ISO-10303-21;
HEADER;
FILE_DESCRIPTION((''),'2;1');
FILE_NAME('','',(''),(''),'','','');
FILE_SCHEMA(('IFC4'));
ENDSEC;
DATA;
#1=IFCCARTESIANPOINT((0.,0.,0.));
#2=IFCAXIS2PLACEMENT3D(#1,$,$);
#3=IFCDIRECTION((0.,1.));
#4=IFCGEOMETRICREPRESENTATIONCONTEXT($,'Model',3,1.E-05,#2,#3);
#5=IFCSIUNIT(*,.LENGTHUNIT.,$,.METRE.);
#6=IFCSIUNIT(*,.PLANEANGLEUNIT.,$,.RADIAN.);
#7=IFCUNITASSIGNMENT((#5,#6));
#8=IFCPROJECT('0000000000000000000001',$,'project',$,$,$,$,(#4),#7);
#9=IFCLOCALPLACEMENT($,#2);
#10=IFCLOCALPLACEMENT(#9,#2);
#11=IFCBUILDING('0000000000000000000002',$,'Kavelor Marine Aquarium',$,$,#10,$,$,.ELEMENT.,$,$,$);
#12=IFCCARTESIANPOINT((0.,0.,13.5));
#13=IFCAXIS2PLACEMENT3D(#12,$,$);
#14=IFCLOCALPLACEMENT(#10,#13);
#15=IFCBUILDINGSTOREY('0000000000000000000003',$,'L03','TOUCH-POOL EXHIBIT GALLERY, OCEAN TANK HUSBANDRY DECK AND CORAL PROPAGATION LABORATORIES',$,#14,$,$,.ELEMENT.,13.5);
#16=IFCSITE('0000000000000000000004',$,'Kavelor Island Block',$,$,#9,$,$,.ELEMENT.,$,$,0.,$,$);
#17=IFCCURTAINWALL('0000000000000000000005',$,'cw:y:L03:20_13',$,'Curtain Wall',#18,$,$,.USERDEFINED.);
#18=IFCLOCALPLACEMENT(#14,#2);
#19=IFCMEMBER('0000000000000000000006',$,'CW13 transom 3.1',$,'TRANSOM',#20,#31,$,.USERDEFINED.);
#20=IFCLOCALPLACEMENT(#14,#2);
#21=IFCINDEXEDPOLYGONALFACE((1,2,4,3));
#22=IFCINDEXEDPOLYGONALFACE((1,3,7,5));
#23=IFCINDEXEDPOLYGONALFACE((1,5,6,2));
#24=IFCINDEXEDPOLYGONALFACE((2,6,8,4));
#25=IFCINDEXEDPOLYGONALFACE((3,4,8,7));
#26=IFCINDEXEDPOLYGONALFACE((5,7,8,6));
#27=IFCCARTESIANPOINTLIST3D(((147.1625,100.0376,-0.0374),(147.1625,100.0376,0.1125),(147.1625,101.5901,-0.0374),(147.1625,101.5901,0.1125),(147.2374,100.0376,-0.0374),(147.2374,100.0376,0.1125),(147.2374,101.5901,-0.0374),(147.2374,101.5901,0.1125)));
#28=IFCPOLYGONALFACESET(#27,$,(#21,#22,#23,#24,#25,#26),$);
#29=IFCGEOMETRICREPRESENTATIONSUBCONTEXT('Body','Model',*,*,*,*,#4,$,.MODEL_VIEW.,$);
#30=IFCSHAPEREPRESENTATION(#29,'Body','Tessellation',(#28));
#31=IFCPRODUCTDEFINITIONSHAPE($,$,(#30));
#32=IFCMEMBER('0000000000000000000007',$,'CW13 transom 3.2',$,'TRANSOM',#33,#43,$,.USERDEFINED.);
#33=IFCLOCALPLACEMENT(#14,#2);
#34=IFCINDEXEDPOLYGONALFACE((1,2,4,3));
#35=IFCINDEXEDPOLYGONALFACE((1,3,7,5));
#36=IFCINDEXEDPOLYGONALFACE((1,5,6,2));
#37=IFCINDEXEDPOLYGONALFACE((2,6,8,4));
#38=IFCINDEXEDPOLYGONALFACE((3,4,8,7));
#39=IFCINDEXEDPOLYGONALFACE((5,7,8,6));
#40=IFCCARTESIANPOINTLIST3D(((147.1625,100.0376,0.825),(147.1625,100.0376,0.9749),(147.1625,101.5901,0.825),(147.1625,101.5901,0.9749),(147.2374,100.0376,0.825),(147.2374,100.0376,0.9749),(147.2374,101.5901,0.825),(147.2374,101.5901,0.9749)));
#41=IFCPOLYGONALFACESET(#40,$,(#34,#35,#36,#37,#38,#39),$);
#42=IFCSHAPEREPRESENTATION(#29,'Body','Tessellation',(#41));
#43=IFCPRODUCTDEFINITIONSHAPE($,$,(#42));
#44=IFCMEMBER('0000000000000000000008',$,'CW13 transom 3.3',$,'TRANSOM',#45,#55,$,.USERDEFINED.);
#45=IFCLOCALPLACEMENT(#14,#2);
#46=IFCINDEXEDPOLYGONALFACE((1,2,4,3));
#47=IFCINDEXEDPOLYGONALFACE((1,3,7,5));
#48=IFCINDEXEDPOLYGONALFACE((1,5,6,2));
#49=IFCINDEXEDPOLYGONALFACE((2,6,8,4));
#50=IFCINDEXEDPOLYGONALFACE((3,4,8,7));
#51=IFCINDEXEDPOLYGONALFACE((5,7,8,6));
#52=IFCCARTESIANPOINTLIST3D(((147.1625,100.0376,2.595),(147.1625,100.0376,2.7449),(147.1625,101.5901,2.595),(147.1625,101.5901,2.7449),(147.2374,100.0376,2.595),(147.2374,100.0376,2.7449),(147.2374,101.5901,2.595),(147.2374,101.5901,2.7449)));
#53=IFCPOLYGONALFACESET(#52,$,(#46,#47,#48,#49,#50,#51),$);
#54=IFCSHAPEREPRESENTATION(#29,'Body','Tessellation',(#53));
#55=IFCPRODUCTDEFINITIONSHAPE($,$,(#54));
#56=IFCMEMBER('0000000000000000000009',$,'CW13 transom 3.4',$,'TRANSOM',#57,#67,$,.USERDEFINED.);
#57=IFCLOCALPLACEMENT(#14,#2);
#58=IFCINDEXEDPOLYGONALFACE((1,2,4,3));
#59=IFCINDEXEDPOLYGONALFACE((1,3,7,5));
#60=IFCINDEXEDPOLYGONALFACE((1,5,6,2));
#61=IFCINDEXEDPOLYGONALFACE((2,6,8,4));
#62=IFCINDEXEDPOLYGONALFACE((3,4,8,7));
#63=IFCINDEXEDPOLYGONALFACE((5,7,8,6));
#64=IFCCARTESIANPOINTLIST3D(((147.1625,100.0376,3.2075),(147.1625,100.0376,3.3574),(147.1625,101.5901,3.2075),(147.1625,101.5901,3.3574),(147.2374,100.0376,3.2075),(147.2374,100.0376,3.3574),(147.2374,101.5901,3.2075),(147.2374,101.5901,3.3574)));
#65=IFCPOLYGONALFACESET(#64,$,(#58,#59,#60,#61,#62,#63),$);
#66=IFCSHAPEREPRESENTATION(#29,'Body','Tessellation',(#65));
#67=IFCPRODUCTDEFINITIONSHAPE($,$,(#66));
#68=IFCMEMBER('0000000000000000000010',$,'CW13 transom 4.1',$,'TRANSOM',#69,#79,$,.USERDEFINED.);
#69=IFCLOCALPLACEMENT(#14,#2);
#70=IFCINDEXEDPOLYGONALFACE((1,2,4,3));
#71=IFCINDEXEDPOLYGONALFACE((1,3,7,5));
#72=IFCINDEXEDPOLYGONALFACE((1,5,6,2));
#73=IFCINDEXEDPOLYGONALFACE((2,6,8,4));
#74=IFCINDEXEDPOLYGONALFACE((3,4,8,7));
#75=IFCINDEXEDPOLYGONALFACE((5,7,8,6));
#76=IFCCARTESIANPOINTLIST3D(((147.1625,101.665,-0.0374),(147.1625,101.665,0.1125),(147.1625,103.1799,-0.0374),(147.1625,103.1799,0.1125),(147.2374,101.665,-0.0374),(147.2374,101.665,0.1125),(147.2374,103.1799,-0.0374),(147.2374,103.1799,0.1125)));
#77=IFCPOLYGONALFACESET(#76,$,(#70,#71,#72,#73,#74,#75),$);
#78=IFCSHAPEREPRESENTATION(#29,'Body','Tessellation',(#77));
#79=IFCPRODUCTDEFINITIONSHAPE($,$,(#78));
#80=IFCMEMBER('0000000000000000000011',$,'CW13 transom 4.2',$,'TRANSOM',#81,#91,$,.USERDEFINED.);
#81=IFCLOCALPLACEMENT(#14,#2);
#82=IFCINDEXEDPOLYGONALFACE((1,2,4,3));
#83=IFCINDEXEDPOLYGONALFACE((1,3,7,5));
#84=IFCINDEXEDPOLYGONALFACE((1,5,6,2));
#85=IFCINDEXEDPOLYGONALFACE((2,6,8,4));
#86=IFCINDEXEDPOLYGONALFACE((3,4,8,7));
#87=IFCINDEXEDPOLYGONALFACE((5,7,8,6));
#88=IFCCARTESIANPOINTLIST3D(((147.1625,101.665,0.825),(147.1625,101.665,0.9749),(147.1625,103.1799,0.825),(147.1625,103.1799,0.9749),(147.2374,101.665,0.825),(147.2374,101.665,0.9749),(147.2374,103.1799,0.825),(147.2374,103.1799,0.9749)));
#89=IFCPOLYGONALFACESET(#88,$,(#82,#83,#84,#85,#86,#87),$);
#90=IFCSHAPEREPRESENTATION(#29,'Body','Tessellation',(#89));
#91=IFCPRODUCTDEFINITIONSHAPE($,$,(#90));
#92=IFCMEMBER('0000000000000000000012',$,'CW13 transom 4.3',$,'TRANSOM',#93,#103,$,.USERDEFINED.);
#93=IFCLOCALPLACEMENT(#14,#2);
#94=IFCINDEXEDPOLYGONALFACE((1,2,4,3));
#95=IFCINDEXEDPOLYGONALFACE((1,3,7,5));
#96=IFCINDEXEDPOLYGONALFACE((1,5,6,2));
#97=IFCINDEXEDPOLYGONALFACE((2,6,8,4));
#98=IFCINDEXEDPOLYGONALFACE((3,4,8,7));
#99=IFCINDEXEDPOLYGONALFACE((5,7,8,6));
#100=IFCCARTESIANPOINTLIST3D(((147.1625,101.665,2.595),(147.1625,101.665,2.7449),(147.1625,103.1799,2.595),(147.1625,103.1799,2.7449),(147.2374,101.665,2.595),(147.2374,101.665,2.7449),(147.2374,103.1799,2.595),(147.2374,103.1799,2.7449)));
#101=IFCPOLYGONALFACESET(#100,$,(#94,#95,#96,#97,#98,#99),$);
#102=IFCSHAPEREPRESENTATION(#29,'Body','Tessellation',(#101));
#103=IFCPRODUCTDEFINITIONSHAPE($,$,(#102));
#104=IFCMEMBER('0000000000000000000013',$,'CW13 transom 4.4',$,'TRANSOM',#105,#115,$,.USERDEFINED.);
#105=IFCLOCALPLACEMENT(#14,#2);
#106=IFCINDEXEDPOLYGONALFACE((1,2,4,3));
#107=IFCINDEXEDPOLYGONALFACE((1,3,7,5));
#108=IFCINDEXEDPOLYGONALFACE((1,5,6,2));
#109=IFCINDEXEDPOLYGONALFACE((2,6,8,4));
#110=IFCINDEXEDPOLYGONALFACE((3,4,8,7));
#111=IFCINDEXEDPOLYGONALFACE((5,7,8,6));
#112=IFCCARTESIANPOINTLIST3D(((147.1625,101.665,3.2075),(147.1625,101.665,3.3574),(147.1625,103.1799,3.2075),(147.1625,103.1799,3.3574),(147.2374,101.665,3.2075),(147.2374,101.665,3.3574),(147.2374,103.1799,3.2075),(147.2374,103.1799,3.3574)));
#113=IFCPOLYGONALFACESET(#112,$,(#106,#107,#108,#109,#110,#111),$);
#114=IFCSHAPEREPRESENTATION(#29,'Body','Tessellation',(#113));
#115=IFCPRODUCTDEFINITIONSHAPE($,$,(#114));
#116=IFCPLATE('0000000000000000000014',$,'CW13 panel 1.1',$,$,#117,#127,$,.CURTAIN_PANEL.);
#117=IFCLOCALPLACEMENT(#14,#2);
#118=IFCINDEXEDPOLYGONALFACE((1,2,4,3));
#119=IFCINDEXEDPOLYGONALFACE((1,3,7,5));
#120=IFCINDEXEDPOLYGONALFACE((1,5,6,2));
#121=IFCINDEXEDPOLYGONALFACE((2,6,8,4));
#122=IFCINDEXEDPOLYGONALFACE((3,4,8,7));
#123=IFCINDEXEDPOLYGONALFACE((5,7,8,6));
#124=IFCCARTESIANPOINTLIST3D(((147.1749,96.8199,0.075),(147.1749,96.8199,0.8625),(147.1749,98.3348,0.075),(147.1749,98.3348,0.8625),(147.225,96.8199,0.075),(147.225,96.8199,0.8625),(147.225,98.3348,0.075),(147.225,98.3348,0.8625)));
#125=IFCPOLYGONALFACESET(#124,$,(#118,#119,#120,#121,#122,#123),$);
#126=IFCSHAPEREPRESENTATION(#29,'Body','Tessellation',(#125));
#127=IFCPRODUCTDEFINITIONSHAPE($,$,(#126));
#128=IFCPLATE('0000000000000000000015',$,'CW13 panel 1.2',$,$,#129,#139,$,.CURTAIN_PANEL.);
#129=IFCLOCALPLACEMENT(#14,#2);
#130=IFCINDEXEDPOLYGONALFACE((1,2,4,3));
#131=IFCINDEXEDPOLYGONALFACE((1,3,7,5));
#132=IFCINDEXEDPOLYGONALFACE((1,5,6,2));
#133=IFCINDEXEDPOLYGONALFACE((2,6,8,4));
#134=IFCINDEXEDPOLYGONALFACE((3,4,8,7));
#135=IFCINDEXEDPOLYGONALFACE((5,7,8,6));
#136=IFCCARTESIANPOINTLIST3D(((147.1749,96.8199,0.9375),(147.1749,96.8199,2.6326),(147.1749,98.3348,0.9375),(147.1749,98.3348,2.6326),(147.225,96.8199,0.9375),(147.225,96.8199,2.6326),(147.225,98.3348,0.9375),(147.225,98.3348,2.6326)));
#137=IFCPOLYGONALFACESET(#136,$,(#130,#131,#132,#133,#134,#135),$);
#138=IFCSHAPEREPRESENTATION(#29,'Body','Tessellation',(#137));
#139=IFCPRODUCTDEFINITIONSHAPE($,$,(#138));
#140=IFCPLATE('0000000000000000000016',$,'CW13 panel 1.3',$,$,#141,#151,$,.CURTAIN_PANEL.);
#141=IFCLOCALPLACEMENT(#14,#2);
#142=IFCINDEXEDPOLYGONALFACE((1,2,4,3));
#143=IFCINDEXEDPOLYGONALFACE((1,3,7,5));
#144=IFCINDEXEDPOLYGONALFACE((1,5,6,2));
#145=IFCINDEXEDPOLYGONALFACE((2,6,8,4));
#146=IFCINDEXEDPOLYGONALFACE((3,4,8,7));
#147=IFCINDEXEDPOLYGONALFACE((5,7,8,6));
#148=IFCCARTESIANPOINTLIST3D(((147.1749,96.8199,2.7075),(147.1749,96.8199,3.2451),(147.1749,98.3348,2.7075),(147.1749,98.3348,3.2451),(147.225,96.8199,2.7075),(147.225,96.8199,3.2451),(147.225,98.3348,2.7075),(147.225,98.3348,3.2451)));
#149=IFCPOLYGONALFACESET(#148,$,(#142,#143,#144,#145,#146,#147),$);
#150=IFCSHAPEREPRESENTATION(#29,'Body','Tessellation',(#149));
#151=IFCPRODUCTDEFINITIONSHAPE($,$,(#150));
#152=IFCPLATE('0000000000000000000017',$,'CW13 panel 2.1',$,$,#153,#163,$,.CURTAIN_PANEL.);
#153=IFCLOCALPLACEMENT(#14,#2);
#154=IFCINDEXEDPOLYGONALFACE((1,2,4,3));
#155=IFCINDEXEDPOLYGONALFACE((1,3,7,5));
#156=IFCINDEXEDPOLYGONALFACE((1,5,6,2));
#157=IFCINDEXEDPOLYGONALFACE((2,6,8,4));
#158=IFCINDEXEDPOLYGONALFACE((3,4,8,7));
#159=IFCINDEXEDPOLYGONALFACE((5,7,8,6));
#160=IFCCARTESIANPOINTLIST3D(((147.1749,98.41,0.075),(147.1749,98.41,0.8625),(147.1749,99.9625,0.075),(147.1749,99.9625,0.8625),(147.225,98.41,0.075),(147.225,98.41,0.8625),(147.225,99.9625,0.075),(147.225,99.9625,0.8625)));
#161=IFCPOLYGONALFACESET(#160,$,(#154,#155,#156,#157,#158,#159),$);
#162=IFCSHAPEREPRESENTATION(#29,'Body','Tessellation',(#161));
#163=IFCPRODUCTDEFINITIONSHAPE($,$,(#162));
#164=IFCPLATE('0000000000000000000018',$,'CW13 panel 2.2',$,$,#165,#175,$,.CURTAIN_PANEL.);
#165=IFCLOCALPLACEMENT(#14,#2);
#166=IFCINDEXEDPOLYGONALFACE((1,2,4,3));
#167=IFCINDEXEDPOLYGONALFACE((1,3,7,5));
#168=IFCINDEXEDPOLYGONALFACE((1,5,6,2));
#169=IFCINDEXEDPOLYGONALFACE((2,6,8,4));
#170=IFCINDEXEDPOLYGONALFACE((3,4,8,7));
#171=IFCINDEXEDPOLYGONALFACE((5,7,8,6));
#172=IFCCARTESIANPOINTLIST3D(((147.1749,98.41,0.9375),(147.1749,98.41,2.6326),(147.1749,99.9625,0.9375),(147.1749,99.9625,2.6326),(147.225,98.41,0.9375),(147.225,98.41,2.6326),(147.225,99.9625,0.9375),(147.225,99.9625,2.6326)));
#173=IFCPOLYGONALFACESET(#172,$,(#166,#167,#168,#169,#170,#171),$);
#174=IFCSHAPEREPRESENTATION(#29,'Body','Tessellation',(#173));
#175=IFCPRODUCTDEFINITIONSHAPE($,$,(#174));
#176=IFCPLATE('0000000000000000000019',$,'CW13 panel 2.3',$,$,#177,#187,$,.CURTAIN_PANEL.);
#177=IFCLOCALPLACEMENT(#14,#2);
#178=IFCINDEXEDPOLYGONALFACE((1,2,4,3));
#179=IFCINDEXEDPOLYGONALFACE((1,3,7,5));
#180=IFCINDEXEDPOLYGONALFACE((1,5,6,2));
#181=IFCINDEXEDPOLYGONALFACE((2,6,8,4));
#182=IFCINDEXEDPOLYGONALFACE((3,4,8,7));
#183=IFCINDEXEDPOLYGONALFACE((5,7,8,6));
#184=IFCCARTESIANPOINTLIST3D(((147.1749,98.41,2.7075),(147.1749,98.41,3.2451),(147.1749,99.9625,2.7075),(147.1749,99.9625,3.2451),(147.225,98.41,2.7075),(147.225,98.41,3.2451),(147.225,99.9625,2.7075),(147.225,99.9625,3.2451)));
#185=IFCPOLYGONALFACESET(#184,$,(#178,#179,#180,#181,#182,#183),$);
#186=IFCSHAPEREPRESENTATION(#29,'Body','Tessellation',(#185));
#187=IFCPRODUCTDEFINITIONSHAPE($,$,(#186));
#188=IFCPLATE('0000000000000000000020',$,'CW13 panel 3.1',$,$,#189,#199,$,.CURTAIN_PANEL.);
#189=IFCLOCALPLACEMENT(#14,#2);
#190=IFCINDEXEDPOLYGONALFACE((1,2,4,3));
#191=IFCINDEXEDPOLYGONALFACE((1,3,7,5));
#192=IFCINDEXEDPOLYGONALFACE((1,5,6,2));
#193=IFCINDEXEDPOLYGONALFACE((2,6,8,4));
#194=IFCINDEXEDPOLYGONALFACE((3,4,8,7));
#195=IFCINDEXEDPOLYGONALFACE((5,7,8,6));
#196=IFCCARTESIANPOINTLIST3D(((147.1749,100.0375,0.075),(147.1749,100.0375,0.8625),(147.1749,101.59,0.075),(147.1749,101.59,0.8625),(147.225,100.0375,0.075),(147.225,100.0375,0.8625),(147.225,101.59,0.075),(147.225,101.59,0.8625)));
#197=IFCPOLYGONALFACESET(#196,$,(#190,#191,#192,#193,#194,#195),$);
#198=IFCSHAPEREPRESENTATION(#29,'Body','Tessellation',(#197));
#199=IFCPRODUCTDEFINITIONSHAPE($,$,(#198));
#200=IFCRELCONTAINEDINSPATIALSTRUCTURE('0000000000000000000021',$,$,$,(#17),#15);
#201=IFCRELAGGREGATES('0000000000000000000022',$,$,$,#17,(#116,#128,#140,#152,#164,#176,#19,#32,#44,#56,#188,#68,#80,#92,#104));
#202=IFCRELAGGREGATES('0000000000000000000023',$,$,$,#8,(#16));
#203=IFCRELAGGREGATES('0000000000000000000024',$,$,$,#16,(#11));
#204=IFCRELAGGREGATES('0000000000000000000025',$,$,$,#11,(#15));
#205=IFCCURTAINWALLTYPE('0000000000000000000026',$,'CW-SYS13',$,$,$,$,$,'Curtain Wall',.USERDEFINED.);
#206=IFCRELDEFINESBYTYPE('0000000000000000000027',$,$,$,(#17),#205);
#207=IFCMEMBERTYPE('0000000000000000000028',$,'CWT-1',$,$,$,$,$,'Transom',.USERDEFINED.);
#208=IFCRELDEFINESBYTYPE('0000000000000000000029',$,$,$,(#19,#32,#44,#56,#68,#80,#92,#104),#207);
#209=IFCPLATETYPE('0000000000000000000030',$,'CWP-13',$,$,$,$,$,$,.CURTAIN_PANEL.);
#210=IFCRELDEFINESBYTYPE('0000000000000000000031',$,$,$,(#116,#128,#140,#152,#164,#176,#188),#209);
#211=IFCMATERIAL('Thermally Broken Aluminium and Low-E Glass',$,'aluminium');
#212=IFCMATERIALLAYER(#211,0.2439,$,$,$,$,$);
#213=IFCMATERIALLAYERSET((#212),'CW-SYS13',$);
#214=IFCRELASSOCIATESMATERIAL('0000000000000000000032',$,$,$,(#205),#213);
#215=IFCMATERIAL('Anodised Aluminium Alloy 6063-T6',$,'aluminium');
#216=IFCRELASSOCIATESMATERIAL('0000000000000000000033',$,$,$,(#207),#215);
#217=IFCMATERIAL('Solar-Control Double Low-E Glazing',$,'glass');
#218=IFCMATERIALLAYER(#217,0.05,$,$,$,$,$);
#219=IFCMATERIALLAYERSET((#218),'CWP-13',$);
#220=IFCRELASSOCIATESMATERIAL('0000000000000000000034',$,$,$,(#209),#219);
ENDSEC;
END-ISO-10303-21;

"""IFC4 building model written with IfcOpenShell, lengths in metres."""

from ifc_helpers import new_model, si_unit, direction, frame, origin, origin_2d, place, context, subcontext, project, spatial, rectangle, extrude, material, layer, layer_set, material_profile, profile_set, type_object, element, aggregate, save


model = new_model("IFC4")

# Units and contexts
model_context = context("Model", 3, precision=1e-05, world=origin(), true_north=direction((0.0, 1.0)))
body_context = subcontext(model_context, "Body", "Model", "MODEL_VIEW")
ifc_project = project(units=[si_unit("LENGTHUNIT", "METRE"), si_unit("PLANEANGLEUNIT", "RADIAN")], contexts=[model_context])

# Site, building, storey
site_placement = place(None, origin())
site = spatial("IfcSite", under=ifc_project, at=site_placement, Name="Kavelor Island Block", CompositionType="ELEMENT", RefElevation=0.0)
building_placement = place(site_placement, origin())
building = spatial("IfcBuilding", under=site, at=building_placement, Name="Kavelor Marine Aquarium", CompositionType="ELEMENT")
storey_placement = place(building_placement, frame((0.0, 0.0, 13.5)))
storey = spatial("IfcBuildingStorey", under=building, at=storey_placement, Name="L03", Description="TOUCH-POOL EXHIBIT GALLERY, OCEAN TANK HUSBANDRY DECK AND CORAL PROPAGATION LABORATORIES", CompositionType="ELEMENT", Elevation=13.5)

# Curtain wall, members, plates
ifc_material_1 = material(Name="Thermally Broken Aluminium and Low-E Glass", Category="aluminium")
ifc_layer_1 = layer(ifc_material_1, 0.2439)
ifc_layer_set_1 = layer_set([ifc_layer_1], Name="CW-SYS13")
curtain_wall_type = type_object("IfcCurtainWallType", Name="CW-SYS13", ElementType="Curtain Wall", PredefinedType="USERDEFINED", material=ifc_layer_set_1)
curtain_wall_placement = place(storey_placement, origin())
curtain_wall = element("IfcCurtainWall", 1, at=curtain_wall_placement, inside=storey, type_object=curtain_wall_type, Name="cw:y:L03:20_13", ObjectType="Curtain Wall", PredefinedType="USERDEFINED")
ifc_material_2 = material(Name="Anodised Aluminium Alloy 6063-T6", Category="aluminium")
ifc_material_profile_1 = material_profile(ifc_material_2, rectangle(XDim=0.075, YDim=0.1499, at=origin_2d()), Name="CW-TRN 75x150")
ifc_profile_set_1 = profile_set([ifc_material_profile_1], Name="Anodised Aluminium Alloy 6063-T6")
member_type_1 = type_object("IfcMemberType", Name="CWT-1", ElementType="Transom", PredefinedType="USERDEFINED", material=ifc_profile_set_1)
member_1_placement = place(storey_placement, frame((147.2, 100.0376, 0.0376), z_axis=(0.0, 1.0, 0.0), x_axis=(-1.0, 0.0, 0.0)))
member_1 = element("IfcMember", 2, at=member_1_placement, type_object=member_type_1, Name="CW13 transom 3.1", ObjectType="TRANSOM", PredefinedType="USERDEFINED", context=body_context, shape_type="SweptSolid", body=[
    extrude(rectangle(XDim=0.075, YDim=0.1499, at=origin_2d()), origin(), (0.0, 0.0, 1.0), 1.5525),
])
member_2_placement = place(storey_placement, frame((147.2, 100.0376, 0.8999), z_axis=(0.0, 1.0, 0.0), x_axis=(-1.0, 0.0, 0.0)))
member_2 = element("IfcMember", 3, at=member_2_placement, type_object=member_type_1, Name="CW13 transom 3.2", ObjectType="TRANSOM", PredefinedType="USERDEFINED", context=body_context, shape_type="SweptSolid", body=[
    extrude(rectangle(XDim=0.075, YDim=0.1499, at=origin_2d()), origin(), (0.0, 0.0, 1.0), 1.5525),
])
member_3_placement = place(storey_placement, frame((147.2, 100.0376, 2.6699), z_axis=(0.0, 1.0, 0.0), x_axis=(-1.0, 0.0, 0.0)))
member_3 = element("IfcMember", 4, at=member_3_placement, type_object=member_type_1, Name="CW13 transom 3.3", ObjectType="TRANSOM", PredefinedType="USERDEFINED", context=body_context, shape_type="SweptSolid", body=[
    extrude(rectangle(XDim=0.075, YDim=0.1499, at=origin_2d()), origin(), (0.0, 0.0, 1.0), 1.5525),
])
member_4_placement = place(storey_placement, frame((147.2, 100.0376, 3.2825), z_axis=(0.0, 1.0, 0.0), x_axis=(-1.0, 0.0, 0.0)))
member_4 = element("IfcMember", 5, at=member_4_placement, type_object=member_type_1, Name="CW13 transom 3.4", ObjectType="TRANSOM", PredefinedType="USERDEFINED", context=body_context, shape_type="SweptSolid", body=[
    extrude(rectangle(XDim=0.075, YDim=0.1499, at=origin_2d()), origin(), (0.0, 0.0, 1.0), 1.5525),
])
member_5_placement = place(storey_placement, frame((147.2, 101.665, 0.0376), z_axis=(0.0, 1.0, 0.0), x_axis=(-1.0, 0.0, 0.0)))
member_5 = element("IfcMember", 6, at=member_5_placement, type_object=member_type_1, Name="CW13 transom 4.1", ObjectType="TRANSOM", PredefinedType="USERDEFINED", context=body_context, shape_type="SweptSolid", body=[
    extrude(rectangle(XDim=0.075, YDim=0.1499, at=origin_2d()), origin(), (0.0, 0.0, 1.0), 1.5149),
])
member_6_placement = place(storey_placement, frame((147.2, 101.665, 0.8999), z_axis=(0.0, 1.0, 0.0), x_axis=(-1.0, 0.0, 0.0)))
member_6 = element("IfcMember", 7, at=member_6_placement, type_object=member_type_1, Name="CW13 transom 4.2", ObjectType="TRANSOM", PredefinedType="USERDEFINED", context=body_context, shape_type="SweptSolid", body=[
    extrude(rectangle(XDim=0.075, YDim=0.1499, at=origin_2d()), origin(), (0.0, 0.0, 1.0), 1.5149),
])
member_7_placement = place(storey_placement, frame((147.2, 101.665, 2.6699), z_axis=(0.0, 1.0, 0.0), x_axis=(-1.0, 0.0, 0.0)))
member_7 = element("IfcMember", 8, at=member_7_placement, type_object=member_type_1, Name="CW13 transom 4.3", ObjectType="TRANSOM", PredefinedType="USERDEFINED", context=body_context, shape_type="SweptSolid", body=[
    extrude(rectangle(XDim=0.075, YDim=0.1499, at=origin_2d()), origin(), (0.0, 0.0, 1.0), 1.5149),
])
member_8_placement = place(storey_placement, frame((147.2, 101.665, 3.2825), z_axis=(0.0, 1.0, 0.0), x_axis=(-1.0, 0.0, 0.0)))
member_8 = element("IfcMember", 9, at=member_8_placement, type_object=member_type_1, Name="CW13 transom 4.4", ObjectType="TRANSOM", PredefinedType="USERDEFINED", context=body_context, shape_type="SweptSolid", body=[
    extrude(rectangle(XDim=0.075, YDim=0.1499, at=origin_2d()), origin(), (0.0, 0.0, 1.0), 1.5149),
])
ifc_material_3 = material(Name="Solar-Control Double Low-E Glazing", Category="glass")
ifc_layer_2 = layer(ifc_material_3, 0.05)
ifc_layer_set_2 = layer_set([ifc_layer_2], Name="CWP-13")
plate_type = type_object("IfcPlateType", Name="CWP-13", PredefinedType="CURTAIN_PANEL", material=ifc_layer_set_2)
plate_1_placement = place(storey_placement, frame((147.2, 97.5774, 0.075), z_axis=(0.0, 0.0, 1.0), x_axis=(0.0, 1.0, 0.0)))
plate_1 = element("IfcPlate", 10, at=plate_1_placement, type_object=plate_type, Name="CW13 panel 1.1", PredefinedType="CURTAIN_PANEL", context=body_context, shape_type="SweptSolid", body=[
    extrude(rectangle(XDim=1.5149, YDim=0.05, at=origin_2d()), origin(), (0.0, 0.0, 1.0), 0.7876),
])
plate_2_placement = place(storey_placement, frame((147.2, 97.5774, 0.9375), z_axis=(0.0, 0.0, 1.0), x_axis=(0.0, 1.0, 0.0)))
plate_2 = element("IfcPlate", 11, at=plate_2_placement, type_object=plate_type, Name="CW13 panel 1.2", PredefinedType="CURTAIN_PANEL", context=body_context, shape_type="SweptSolid", body=[
    extrude(rectangle(XDim=1.5149, YDim=0.05, at=origin_2d()), origin(), (0.0, 0.0, 1.0), 1.6951),
])
plate_3_placement = place(storey_placement, frame((147.2, 97.5774, 2.7075), z_axis=(0.0, 0.0, 1.0), x_axis=(0.0, 1.0, 0.0)))
plate_3 = element("IfcPlate", 12, at=plate_3_placement, type_object=plate_type, Name="CW13 panel 1.3", PredefinedType="CURTAIN_PANEL", context=body_context, shape_type="SweptSolid", body=[
    extrude(rectangle(XDim=1.5149, YDim=0.05, at=origin_2d()), origin(), (0.0, 0.0, 1.0), 0.5376),
])
plate_4_placement = place(storey_placement, frame((147.2, 99.1863, 0.075), z_axis=(0.0, 0.0, 1.0), x_axis=(0.0, 1.0, 0.0)))
plate_4 = element("IfcPlate", 13, at=plate_4_placement, type_object=plate_type, Name="CW13 panel 2.1", PredefinedType="CURTAIN_PANEL", context=body_context, shape_type="SweptSolid", body=[
    extrude(rectangle(XDim=1.5525, YDim=0.05, at=origin_2d()), origin(), (0.0, 0.0, 1.0), 0.7876),
])
plate_5_placement = place(storey_placement, frame((147.2, 99.1863, 0.9375), z_axis=(0.0, 0.0, 1.0), x_axis=(0.0, 1.0, 0.0)))
plate_5 = element("IfcPlate", 14, at=plate_5_placement, type_object=plate_type, Name="CW13 panel 2.2", PredefinedType="CURTAIN_PANEL", context=body_context, shape_type="SweptSolid", body=[
    extrude(rectangle(XDim=1.5525, YDim=0.05, at=origin_2d()), origin(), (0.0, 0.0, 1.0), 1.6951),
])
plate_6_placement = place(storey_placement, frame((147.2, 99.1863, 2.7075), z_axis=(0.0, 0.0, 1.0), x_axis=(0.0, 1.0, 0.0)))
plate_6 = element("IfcPlate", 15, at=plate_6_placement, type_object=plate_type, Name="CW13 panel 2.3", PredefinedType="CURTAIN_PANEL", context=body_context, shape_type="SweptSolid", body=[
    extrude(rectangle(XDim=1.5525, YDim=0.05, at=origin_2d()), origin(), (0.0, 0.0, 1.0), 0.5376),
])
plate_7_placement = place(storey_placement, frame((147.2, 100.8137, 0.075), z_axis=(0.0, 0.0, 1.0), x_axis=(0.0, 1.0, 0.0)))
plate_7 = element("IfcPlate", 16, at=plate_7_placement, type_object=plate_type, Name="CW13 panel 3.1", PredefinedType="CURTAIN_PANEL", context=body_context, shape_type="SweptSolid", body=[
    extrude(rectangle(XDim=1.5525, YDim=0.05, at=origin_2d()), origin(), (0.0, 0.0, 1.0), 0.7876),
])
aggregate(curtain_wall, [plate_1, plate_2, plate_3, plate_4, plate_5, plate_6, member_1, member_2, member_3, member_4, plate_7, member_5, member_6, member_7, member_8])

save(model, "model.ifc")
